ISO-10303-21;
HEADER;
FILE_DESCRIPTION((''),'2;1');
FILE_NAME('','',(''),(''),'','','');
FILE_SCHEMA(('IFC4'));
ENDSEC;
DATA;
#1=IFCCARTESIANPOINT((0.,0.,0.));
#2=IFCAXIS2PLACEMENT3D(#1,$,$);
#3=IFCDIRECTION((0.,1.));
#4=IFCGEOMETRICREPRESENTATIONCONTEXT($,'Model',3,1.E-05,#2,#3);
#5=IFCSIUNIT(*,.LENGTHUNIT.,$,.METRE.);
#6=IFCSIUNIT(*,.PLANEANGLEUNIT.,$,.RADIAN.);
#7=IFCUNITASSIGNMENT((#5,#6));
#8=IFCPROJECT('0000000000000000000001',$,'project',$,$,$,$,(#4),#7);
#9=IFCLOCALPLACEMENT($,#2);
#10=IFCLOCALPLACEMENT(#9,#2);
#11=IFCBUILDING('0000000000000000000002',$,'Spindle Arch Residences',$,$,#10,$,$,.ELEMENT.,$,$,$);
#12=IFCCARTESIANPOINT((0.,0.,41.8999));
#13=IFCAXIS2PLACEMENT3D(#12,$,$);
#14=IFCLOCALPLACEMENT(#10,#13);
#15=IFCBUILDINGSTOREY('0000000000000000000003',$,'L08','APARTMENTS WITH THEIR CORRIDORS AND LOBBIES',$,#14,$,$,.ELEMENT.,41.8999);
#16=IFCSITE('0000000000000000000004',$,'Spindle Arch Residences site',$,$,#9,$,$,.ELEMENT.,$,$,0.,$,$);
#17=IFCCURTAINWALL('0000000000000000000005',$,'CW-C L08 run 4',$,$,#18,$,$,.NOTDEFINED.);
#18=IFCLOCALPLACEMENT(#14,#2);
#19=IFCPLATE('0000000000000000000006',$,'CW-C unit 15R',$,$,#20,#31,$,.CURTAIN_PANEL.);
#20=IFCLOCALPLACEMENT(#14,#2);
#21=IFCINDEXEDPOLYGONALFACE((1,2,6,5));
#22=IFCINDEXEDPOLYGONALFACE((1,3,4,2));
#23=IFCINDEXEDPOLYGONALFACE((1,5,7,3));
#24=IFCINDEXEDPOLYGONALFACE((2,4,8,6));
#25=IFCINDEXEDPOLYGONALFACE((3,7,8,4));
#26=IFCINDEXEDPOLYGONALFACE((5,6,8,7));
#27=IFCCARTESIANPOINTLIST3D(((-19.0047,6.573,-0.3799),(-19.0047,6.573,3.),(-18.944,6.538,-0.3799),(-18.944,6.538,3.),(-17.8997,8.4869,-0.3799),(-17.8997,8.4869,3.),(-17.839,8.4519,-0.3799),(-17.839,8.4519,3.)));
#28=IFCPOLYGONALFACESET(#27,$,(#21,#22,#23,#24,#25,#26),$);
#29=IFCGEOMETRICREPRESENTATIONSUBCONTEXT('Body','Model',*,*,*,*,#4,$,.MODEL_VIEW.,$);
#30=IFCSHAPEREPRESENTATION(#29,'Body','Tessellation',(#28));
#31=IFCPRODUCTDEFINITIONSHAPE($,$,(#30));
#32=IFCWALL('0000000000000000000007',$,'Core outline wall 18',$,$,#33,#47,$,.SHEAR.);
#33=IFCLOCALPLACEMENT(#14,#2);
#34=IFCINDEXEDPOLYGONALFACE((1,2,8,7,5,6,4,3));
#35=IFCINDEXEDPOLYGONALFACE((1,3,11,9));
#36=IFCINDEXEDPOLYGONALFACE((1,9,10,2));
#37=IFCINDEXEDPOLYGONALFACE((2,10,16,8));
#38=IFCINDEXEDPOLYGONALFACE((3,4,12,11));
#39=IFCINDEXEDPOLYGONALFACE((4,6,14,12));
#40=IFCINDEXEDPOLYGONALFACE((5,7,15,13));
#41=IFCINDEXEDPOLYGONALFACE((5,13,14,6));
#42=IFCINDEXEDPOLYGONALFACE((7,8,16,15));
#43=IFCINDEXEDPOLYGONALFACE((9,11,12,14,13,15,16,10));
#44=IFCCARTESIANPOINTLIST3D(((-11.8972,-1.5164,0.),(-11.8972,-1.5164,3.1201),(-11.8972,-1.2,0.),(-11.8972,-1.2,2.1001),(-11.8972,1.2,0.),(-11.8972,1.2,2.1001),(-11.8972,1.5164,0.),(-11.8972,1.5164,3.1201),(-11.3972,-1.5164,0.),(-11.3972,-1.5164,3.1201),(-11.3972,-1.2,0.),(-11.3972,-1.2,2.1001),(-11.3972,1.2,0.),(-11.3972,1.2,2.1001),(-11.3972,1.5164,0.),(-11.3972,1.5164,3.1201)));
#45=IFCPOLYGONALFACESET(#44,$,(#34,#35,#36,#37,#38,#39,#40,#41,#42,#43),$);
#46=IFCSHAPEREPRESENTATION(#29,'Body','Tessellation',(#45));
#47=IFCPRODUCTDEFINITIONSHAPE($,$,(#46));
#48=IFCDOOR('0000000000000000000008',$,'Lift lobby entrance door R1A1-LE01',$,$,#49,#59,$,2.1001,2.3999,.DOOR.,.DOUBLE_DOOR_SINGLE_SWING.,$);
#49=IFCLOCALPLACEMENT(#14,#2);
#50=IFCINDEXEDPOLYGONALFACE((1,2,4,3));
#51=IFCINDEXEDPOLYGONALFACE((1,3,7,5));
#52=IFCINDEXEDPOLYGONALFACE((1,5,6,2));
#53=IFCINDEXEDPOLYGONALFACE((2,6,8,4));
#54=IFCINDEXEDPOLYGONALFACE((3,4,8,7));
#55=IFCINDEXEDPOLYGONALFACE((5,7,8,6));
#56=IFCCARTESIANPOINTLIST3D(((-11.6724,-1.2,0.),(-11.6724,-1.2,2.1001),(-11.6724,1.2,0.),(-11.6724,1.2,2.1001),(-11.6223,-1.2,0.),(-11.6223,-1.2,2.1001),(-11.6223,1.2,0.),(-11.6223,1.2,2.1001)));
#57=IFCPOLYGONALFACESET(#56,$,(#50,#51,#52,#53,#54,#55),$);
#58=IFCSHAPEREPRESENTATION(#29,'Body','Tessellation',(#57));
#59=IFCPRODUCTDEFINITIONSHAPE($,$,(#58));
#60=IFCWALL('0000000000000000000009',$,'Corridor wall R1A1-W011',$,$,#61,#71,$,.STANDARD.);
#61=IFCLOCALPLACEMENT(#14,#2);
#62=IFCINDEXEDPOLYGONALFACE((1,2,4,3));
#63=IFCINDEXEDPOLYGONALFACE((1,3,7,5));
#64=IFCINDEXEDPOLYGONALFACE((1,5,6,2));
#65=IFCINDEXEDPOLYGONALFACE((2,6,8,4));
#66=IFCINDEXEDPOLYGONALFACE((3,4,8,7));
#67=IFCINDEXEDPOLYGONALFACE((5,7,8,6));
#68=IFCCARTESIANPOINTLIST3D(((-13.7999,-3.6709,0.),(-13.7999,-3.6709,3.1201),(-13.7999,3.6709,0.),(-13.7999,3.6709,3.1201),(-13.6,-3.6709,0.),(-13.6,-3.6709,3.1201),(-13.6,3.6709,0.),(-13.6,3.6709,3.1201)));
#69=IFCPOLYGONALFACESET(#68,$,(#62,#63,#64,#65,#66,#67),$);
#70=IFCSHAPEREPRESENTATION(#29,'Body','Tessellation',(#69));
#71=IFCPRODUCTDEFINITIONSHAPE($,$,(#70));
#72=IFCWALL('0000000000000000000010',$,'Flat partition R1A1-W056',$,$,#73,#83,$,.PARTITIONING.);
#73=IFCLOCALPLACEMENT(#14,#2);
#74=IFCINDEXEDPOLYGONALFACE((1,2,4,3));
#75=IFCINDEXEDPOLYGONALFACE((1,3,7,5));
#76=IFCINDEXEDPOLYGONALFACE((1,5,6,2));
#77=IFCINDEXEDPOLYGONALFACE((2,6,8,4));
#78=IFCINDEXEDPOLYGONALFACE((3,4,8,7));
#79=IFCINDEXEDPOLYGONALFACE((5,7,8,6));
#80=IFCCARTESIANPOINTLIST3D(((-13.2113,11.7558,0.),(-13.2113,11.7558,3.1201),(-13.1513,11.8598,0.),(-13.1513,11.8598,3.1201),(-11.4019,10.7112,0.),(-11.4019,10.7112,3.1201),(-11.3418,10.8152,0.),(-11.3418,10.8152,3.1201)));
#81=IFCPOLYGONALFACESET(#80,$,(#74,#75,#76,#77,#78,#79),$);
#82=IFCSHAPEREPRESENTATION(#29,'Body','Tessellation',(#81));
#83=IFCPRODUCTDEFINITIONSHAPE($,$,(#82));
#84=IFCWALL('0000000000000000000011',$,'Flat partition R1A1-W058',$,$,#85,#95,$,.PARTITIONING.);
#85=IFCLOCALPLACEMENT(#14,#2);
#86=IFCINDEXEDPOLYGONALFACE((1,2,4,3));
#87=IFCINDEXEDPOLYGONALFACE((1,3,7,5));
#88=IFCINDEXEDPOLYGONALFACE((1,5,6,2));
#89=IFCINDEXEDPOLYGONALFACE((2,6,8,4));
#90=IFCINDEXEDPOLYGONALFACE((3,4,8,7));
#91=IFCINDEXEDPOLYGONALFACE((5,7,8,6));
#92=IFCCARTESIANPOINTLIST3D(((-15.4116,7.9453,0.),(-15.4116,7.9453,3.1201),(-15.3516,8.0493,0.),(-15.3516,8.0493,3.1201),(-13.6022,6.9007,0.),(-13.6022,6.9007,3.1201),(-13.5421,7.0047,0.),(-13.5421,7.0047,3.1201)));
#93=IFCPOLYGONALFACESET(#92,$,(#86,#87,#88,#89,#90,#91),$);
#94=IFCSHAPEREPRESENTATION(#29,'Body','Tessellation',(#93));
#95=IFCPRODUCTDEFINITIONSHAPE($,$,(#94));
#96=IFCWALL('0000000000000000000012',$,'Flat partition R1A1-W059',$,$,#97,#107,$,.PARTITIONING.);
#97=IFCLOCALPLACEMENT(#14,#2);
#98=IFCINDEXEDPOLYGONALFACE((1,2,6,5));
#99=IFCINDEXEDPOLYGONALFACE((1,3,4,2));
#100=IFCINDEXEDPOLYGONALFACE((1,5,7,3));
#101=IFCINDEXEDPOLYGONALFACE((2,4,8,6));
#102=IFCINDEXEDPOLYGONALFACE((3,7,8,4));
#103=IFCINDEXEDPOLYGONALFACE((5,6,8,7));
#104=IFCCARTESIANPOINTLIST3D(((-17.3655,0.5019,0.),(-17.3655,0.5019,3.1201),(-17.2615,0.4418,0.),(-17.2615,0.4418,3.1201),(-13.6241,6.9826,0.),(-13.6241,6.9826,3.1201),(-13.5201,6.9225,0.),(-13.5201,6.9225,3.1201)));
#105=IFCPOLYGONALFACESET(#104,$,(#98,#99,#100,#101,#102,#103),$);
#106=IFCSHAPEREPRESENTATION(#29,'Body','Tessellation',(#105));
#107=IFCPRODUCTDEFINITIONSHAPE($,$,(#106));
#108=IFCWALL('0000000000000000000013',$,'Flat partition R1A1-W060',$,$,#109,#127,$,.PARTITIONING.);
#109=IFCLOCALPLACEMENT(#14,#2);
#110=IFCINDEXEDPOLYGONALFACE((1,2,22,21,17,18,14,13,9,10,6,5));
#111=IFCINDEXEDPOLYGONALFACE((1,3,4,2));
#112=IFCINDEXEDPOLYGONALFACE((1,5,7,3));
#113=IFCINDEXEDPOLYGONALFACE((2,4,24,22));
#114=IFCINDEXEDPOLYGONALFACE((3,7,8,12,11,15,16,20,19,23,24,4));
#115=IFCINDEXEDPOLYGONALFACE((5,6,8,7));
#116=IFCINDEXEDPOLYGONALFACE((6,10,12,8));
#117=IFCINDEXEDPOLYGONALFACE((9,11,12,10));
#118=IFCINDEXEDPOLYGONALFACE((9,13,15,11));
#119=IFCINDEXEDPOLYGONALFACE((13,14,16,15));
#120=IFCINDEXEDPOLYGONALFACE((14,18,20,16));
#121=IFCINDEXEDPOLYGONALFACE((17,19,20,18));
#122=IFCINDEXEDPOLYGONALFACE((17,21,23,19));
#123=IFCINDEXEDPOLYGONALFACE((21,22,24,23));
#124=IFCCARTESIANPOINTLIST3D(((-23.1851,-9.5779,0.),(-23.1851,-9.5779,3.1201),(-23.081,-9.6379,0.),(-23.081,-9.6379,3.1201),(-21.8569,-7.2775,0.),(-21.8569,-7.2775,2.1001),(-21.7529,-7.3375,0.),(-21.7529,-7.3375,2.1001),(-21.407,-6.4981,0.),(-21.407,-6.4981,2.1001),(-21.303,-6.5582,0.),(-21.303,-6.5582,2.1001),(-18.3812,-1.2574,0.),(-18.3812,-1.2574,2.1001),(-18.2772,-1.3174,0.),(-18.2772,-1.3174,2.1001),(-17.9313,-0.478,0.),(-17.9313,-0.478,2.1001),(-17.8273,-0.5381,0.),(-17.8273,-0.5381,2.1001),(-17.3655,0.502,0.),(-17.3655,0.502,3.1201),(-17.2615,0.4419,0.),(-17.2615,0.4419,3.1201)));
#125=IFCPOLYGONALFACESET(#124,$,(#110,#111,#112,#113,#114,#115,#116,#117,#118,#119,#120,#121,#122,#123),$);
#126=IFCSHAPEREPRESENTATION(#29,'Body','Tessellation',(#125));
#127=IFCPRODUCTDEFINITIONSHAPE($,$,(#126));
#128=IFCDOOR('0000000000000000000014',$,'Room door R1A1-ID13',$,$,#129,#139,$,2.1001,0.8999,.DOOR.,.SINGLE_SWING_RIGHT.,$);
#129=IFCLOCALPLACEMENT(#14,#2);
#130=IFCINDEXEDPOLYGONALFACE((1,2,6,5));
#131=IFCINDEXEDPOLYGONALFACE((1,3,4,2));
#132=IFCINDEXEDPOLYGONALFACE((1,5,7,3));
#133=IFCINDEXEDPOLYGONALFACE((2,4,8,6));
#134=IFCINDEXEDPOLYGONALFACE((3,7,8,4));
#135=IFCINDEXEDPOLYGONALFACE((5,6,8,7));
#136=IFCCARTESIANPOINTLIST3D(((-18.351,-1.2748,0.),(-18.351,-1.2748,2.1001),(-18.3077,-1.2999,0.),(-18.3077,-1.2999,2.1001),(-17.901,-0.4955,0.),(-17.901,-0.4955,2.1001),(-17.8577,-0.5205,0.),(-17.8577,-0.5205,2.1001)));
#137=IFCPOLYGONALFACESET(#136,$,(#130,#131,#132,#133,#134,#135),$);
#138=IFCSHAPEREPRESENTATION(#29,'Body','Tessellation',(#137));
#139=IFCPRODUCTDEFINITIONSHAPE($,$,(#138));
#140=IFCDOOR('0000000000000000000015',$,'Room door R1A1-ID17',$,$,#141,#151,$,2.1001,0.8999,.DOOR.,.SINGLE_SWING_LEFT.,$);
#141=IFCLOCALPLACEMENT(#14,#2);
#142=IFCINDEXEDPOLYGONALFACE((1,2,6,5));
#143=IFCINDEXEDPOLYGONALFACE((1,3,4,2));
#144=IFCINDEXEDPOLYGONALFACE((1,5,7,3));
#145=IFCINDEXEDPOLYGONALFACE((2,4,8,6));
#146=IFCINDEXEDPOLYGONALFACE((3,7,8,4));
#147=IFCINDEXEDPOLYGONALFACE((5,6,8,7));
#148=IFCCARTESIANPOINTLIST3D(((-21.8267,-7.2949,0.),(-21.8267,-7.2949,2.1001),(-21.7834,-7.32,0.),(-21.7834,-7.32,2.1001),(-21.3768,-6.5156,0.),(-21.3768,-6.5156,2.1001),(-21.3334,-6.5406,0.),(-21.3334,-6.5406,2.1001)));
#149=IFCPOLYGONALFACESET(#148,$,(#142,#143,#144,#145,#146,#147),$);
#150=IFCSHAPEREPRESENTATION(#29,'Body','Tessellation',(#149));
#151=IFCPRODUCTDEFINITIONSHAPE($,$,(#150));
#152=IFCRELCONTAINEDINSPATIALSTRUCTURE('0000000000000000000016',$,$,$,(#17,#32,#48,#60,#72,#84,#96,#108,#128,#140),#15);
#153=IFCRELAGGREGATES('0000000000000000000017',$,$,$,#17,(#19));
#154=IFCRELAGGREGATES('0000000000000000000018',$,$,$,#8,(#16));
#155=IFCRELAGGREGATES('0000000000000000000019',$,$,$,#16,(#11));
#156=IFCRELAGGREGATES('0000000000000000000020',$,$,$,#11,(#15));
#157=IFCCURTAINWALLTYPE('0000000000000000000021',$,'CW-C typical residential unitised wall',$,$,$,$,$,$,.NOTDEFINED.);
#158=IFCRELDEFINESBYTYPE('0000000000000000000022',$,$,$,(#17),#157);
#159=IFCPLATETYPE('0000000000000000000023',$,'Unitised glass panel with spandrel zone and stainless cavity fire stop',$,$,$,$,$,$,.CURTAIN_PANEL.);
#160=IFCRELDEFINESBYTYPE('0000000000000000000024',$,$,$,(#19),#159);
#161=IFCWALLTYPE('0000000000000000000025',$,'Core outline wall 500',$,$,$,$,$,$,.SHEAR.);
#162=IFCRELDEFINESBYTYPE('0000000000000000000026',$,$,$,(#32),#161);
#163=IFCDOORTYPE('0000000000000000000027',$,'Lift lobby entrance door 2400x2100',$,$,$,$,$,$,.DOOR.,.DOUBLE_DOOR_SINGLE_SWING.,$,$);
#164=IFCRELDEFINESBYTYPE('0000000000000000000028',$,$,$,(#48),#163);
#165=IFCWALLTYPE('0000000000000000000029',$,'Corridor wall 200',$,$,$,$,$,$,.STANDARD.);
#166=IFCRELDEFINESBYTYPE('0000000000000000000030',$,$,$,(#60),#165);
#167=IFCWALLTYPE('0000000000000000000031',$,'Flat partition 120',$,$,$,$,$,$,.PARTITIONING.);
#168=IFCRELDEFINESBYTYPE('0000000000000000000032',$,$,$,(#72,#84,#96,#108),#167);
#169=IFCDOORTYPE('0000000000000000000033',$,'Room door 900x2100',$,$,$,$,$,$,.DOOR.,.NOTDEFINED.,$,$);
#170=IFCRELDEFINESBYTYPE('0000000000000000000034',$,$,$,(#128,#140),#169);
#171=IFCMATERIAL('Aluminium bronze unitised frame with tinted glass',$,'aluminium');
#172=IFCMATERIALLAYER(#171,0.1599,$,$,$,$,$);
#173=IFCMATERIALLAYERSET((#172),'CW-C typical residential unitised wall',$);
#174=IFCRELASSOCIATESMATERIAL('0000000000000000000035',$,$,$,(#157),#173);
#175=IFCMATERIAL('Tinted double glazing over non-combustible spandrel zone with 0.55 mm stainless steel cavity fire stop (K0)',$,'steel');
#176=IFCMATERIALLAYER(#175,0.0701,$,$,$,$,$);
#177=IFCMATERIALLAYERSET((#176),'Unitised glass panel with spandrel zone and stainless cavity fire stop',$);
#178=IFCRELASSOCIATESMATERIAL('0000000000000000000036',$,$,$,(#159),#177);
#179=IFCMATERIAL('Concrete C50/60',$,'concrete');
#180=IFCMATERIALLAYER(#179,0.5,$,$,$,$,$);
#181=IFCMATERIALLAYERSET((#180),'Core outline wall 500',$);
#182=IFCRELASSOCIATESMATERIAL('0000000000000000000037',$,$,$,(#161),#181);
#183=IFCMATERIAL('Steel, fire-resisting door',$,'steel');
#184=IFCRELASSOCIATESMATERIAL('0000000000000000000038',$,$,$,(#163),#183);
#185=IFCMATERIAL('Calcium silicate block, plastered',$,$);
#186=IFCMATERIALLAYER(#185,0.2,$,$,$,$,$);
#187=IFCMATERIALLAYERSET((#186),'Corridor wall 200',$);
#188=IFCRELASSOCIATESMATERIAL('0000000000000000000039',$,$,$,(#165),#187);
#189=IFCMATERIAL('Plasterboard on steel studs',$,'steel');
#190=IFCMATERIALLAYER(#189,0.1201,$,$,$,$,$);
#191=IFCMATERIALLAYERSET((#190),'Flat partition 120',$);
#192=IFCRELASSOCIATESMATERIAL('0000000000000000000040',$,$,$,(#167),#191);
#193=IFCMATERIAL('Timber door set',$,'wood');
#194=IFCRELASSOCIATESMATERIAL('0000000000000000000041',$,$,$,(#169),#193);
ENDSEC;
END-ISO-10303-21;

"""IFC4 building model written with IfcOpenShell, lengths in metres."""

from ifc_helpers import new_model, si_unit, direction, frame, frame_2d, origin, origin_2d, place, context, subcontext, project, spatial, rectangle, extrude, material, layer, layer_set, type_object, element, fill, aggregate, save


model = new_model("IFC4")

# Units and contexts
model_context = context("Model", 3, precision=1e-05, world=origin(), true_north=direction((0.0, 1.0)))
body_context = subcontext(model_context, "Body", "Model", "MODEL_VIEW")
ifc_project = project(units=[si_unit("LENGTHUNIT", "METRE"), si_unit("PLANEANGLEUNIT", "RADIAN")], contexts=[model_context])

# Site, building, storey
site_placement = place(None, origin())
site = spatial("IfcSite", under=ifc_project, at=site_placement, Name="Spindle Arch Residences site", CompositionType="ELEMENT", RefElevation=0.0)
building_placement = place(site_placement, origin())
building = spatial("IfcBuilding", under=site, at=building_placement, Name="Spindle Arch Residences", CompositionType="ELEMENT")
storey_placement = place(building_placement, frame((0.0, 0.0, 41.8999)))
storey = spatial("IfcBuildingStorey", under=building, at=storey_placement, Name="L08", Description="APARTMENTS WITH THEIR CORRIDORS AND LOBBIES", CompositionType="ELEMENT", Elevation=41.8999)

# Curtain wall, plate
ifc_material_1 = material(Name="Aluminium bronze unitised frame with tinted glass", Category="aluminium")
ifc_layer_1 = layer(ifc_material_1, 0.1599)
ifc_layer_set_1 = layer_set([ifc_layer_1], Name="CW-C typical residential unitised wall")
curtain_wall_type = type_object("IfcCurtainWallType", Name="CW-C typical residential unitised wall", PredefinedType="NOTDEFINED", material=ifc_layer_set_1)
curtain_wall_placement = place(storey_placement, origin())
curtain_wall = element("IfcCurtainWall", 1, at=curtain_wall_placement, inside=storey, type_object=curtain_wall_type, Name="CW-C L08 run 4", PredefinedType="NOTDEFINED")
ifc_material_2 = material(Name="Tinted double glazing over non-combustible spandrel zone with 0.55 mm stainless steel cavity fire stop (K0)", Category="steel")
ifc_layer_2 = layer(ifc_material_2, 0.0701)
ifc_layer_set_2 = layer_set([ifc_layer_2], Name="Unitised glass panel with spandrel zone and stainless cavity fire stop")
plate_type = type_object("IfcPlateType", Name="Unitised glass panel with spandrel zone and stainless cavity fire stop", PredefinedType="CURTAIN_PANEL", material=ifc_layer_set_2)
plate_placement = place(storey_placement, frame((-18.4219, 7.5125, -0.3799), z_axis=(0.0, 0.0, 1.0), x_axis=(-0.5, -0.866025, 0.0)))
plate = element("IfcPlate", 2, at=plate_placement, type_object=plate_type, Name="CW-C unit 15R", PredefinedType="CURTAIN_PANEL", context=body_context, shape_type="SweptSolid", body=[
    extrude(rectangle(XDim=2.21, YDim=0.0701, at=origin_2d()), origin(), (0.0, 0.0, 1.0), 3.3799),
])
aggregate(curtain_wall, [plate])

# Wall, opening, door
ifc_material_3 = material(Name="Concrete C50/60", Category="concrete")
ifc_layer_3 = layer(ifc_material_3, 0.5)
ifc_layer_set_3 = layer_set([ifc_layer_3], Name="Core outline wall 500")
wall_type_1 = type_object("IfcWallType", Name="Core outline wall 500", PredefinedType="SHEAR", material=ifc_layer_set_3)
wall_1_placement = place(storey_placement, frame((-11.6472, 1.5164, 0.0), z_axis=(0.0, 0.0, 1.0), x_axis=(0.0, -1.0, 0.0)))
wall_1 = element("IfcWall", 3, at=wall_1_placement, inside=storey, type_object=wall_type_1, Name="Core outline wall 18", PredefinedType="SHEAR", context=body_context, shape_type="SweptSolid", body=[
    extrude(rectangle(XDim=3.0327, YDim=0.5, at=frame_2d((1.5164, 0.0))), origin(), (0.0, 0.0, 1.0), 3.1201),
])
opening_1_placement = place(wall_1_placement, frame((0.3164, 0.0, 0.0)))
opening_1 = element("IfcOpeningElement", 4, at=opening_1_placement, cuts=wall_1, PredefinedType="OPENING", context=body_context, shape_type="SweptSolid", body=[
    extrude(rectangle(XDim=2.3999, YDim=2.1001, at=frame_2d((1.2, 1.05))), frame((0.0, 0.26, 0.0), z_axis=(0.0, -1.0, 0.0), x_axis=(1.0, 0.0, 0.0)), (0.0, 0.0, 1.0), 0.52),
])
ifc_material_4 = material(Name="Steel, fire-resisting door", Category="steel")
door_type_1 = type_object("IfcDoorType", Name="Lift lobby entrance door 2400x2100", OperationType="DOUBLE_DOOR_SINGLE_SWING", PredefinedType="DOOR", material=ifc_material_4)
door_1_placement = place(opening_1_placement, origin())
door_1 = element("IfcDoor", 5, at=door_1_placement, inside=storey, type_object=door_type_1, Name="Lift lobby entrance door R1A1-LE01", OperationType="DOUBLE_DOOR_SINGLE_SWING", OverallHeight=2.1001, OverallWidth=2.3999, PredefinedType="DOOR", context=body_context, shape_type="SweptSolid", body=[
    extrude(rectangle(XDim=2.3999, YDim=2.1001, at=frame_2d((1.2, 1.05))), frame((0.0, 0.0249, 0.0), z_axis=(0.0, -1.0, 0.0), x_axis=(1.0, 0.0, 0.0)), (0.0, 0.0, 1.0), 0.05),
])
fill(opening_1, door_1)

# Walls
ifc_material_5 = material(Name="Calcium silicate block, plastered")
ifc_layer_4 = layer(ifc_material_5, 0.2)
ifc_layer_set_4 = layer_set([ifc_layer_4], Name="Corridor wall 200")
wall_type_2 = type_object("IfcWallType", Name="Corridor wall 200", PredefinedType="STANDARD", material=ifc_layer_set_4)
wall_2_placement = place(storey_placement, frame((-13.7, 3.6709, 0.0), z_axis=(0.0, 0.0, 1.0), x_axis=(0.0, -1.0, 0.0)))
element("IfcWall", 6, at=wall_2_placement, inside=storey, type_object=wall_type_2, Name="Corridor wall R1A1-W011", PredefinedType="STANDARD", context=body_context, shape_type="SweptSolid", body=[
    extrude(rectangle(XDim=7.3418, YDim=0.2, at=frame_2d((3.6709, 0.0))), origin(), (0.0, 0.0, 1.0), 3.1201),
])
ifc_material_6 = material(Name="Plasterboard on steel studs", Category="steel")
ifc_layer_5 = layer(ifc_material_6, 0.1201)
ifc_layer_set_5 = layer_set([ifc_layer_5], Name="Flat partition 120")
wall_type_3 = type_object("IfcWallType", Name="Flat partition 120", PredefinedType="PARTITIONING", material=ifc_layer_set_5)
for number, where, z_axis, x_axis, name in (
    (7, (-11.3718, 10.7632, 0.0), (0.0, 0.0, 1.0), (-0.866042, 0.499972, 0.0), "Flat partition R1A1-W056"),
    (8, (-15.3816, 7.9973, 0.0), (0.0, 0.0, 1.0), (0.866042, -0.499972, 0.0), "Flat partition R1A1-W058"),
):
    element("IfcWall", number, at=place(storey_placement, frame(where, z_axis=z_axis, x_axis=x_axis)), inside=storey, type_object=wall_type_3, Name=name, PredefinedType="PARTITIONING", context=body_context, shape_type="SweptSolid", body=[
        extrude(rectangle(XDim=2.0894, YDim=0.1201, at=frame_2d((1.0447, 0.0))), origin(), (0.0, 0.0, 1.0), 3.1201),
    ])
wall_3_placement = place(storey_placement, frame((-13.572, 6.9526, 0.0), z_axis=(0.0, 0.0, 1.0), x_axis=(-0.499981, -0.866036, 0.0)))
element("IfcWall", 9, at=wall_3_placement, inside=storey, type_object=wall_type_3, Name="Flat partition R1A1-W059", PredefinedType="PARTITIONING", context=body_context, shape_type="SweptSolid", body=[
    extrude(rectangle(XDim=7.4832, YDim=0.1201, at=frame_2d((3.7417, 0.0))), origin(), (0.0, 0.0, 1.0), 3.1201),
])

# Wall, openings, doors
wall_4_placement = place(storey_placement, frame((-17.3135, 0.4719, 0.0), z_axis=(0.0, 0.0, 1.0), x_axis=(-0.499999, -0.866026, 0.0)))
wall_4 = element("IfcWall", 10, at=wall_4_placement, inside=storey, type_object=wall_type_3, Name="Flat partition R1A1-W060", PredefinedType="PARTITIONING", context=body_context, shape_type="SweptSolid", body=[
    extrude(rectangle(XDim=11.6392, YDim=0.1201, at=frame_2d((5.8196, 0.0))), origin(), (0.0, 0.0, 1.0), 3.1201),
])
opening_2_placement = place(wall_4_placement, frame((1.1316, 0.0, 0.0)))
opening_2 = element("IfcOpeningElement", 11, at=opening_2_placement, cuts=wall_4, PredefinedType="OPENING", context=body_context, shape_type="SweptSolid", body=[
    extrude(rectangle(XDim=0.8999, YDim=2.1001, at=frame_2d((0.45, 1.05))), frame((0.0, 0.0701, 0.0), z_axis=(0.0, -1.0, 0.0), x_axis=(1.0, 0.0, 0.0)), (0.0, 0.0, 1.0), 0.1401),
])
opening_3_placement = place(wall_4_placement, frame((8.083, 0.0, 0.0)))
opening_3 = element("IfcOpeningElement", 12, at=opening_3_placement, cuts=wall_4, PredefinedType="OPENING", context=body_context, shape_type="SweptSolid", body=[
    extrude(rectangle(XDim=0.8999, YDim=2.1001, at=frame_2d((0.45, 1.05))), frame((0.0, 0.0701, 0.0), z_axis=(0.0, -1.0, 0.0), x_axis=(1.0, 0.0, 0.0)), (0.0, 0.0, 1.0), 0.1401),
])
ifc_material_7 = material(Name="Timber door set", Category="wood")
door_type_2 = type_object("IfcDoorType", Name="Room door 900x2100", OperationType="NOTDEFINED", PredefinedType="DOOR", material=ifc_material_7)
door_2_placement = place(opening_2_placement, origin())
door_2 = element("IfcDoor", 13, at=door_2_placement, inside=storey, type_object=door_type_2, Name="Room door R1A1-ID13", OperationType="SINGLE_SWING_RIGHT", OverallHeight=2.1001, OverallWidth=0.8999, PredefinedType="DOOR", context=body_context, shape_type="SweptSolid", body=[
    extrude(rectangle(XDim=0.8999, YDim=2.1001, at=frame_2d((0.45, 1.05))), frame((0.0, 0.0249, 0.0), z_axis=(0.0, -1.0, 0.0), x_axis=(1.0, 0.0, 0.0)), (0.0, 0.0, 1.0), 0.05),
])
fill(opening_2, door_2)
door_3_placement = place(opening_3_placement, origin())
door_3 = element("IfcDoor", 14, at=door_3_placement, inside=storey, type_object=door_type_2, Name="Room door R1A1-ID17", OperationType="SINGLE_SWING_LEFT", OverallHeight=2.1001, OverallWidth=0.8999, PredefinedType="DOOR", context=body_context, shape_type="SweptSolid", body=[
    extrude(rectangle(XDim=0.8999, YDim=2.1001, at=frame_2d((0.45, 1.05))), frame((0.0, 0.0249, 0.0), z_axis=(0.0, -1.0, 0.0), x_axis=(1.0, 0.0, 0.0)), (0.0, 0.0, 1.0), 0.05),
])
fill(opening_3, door_3)

save(model, "model.ifc")
